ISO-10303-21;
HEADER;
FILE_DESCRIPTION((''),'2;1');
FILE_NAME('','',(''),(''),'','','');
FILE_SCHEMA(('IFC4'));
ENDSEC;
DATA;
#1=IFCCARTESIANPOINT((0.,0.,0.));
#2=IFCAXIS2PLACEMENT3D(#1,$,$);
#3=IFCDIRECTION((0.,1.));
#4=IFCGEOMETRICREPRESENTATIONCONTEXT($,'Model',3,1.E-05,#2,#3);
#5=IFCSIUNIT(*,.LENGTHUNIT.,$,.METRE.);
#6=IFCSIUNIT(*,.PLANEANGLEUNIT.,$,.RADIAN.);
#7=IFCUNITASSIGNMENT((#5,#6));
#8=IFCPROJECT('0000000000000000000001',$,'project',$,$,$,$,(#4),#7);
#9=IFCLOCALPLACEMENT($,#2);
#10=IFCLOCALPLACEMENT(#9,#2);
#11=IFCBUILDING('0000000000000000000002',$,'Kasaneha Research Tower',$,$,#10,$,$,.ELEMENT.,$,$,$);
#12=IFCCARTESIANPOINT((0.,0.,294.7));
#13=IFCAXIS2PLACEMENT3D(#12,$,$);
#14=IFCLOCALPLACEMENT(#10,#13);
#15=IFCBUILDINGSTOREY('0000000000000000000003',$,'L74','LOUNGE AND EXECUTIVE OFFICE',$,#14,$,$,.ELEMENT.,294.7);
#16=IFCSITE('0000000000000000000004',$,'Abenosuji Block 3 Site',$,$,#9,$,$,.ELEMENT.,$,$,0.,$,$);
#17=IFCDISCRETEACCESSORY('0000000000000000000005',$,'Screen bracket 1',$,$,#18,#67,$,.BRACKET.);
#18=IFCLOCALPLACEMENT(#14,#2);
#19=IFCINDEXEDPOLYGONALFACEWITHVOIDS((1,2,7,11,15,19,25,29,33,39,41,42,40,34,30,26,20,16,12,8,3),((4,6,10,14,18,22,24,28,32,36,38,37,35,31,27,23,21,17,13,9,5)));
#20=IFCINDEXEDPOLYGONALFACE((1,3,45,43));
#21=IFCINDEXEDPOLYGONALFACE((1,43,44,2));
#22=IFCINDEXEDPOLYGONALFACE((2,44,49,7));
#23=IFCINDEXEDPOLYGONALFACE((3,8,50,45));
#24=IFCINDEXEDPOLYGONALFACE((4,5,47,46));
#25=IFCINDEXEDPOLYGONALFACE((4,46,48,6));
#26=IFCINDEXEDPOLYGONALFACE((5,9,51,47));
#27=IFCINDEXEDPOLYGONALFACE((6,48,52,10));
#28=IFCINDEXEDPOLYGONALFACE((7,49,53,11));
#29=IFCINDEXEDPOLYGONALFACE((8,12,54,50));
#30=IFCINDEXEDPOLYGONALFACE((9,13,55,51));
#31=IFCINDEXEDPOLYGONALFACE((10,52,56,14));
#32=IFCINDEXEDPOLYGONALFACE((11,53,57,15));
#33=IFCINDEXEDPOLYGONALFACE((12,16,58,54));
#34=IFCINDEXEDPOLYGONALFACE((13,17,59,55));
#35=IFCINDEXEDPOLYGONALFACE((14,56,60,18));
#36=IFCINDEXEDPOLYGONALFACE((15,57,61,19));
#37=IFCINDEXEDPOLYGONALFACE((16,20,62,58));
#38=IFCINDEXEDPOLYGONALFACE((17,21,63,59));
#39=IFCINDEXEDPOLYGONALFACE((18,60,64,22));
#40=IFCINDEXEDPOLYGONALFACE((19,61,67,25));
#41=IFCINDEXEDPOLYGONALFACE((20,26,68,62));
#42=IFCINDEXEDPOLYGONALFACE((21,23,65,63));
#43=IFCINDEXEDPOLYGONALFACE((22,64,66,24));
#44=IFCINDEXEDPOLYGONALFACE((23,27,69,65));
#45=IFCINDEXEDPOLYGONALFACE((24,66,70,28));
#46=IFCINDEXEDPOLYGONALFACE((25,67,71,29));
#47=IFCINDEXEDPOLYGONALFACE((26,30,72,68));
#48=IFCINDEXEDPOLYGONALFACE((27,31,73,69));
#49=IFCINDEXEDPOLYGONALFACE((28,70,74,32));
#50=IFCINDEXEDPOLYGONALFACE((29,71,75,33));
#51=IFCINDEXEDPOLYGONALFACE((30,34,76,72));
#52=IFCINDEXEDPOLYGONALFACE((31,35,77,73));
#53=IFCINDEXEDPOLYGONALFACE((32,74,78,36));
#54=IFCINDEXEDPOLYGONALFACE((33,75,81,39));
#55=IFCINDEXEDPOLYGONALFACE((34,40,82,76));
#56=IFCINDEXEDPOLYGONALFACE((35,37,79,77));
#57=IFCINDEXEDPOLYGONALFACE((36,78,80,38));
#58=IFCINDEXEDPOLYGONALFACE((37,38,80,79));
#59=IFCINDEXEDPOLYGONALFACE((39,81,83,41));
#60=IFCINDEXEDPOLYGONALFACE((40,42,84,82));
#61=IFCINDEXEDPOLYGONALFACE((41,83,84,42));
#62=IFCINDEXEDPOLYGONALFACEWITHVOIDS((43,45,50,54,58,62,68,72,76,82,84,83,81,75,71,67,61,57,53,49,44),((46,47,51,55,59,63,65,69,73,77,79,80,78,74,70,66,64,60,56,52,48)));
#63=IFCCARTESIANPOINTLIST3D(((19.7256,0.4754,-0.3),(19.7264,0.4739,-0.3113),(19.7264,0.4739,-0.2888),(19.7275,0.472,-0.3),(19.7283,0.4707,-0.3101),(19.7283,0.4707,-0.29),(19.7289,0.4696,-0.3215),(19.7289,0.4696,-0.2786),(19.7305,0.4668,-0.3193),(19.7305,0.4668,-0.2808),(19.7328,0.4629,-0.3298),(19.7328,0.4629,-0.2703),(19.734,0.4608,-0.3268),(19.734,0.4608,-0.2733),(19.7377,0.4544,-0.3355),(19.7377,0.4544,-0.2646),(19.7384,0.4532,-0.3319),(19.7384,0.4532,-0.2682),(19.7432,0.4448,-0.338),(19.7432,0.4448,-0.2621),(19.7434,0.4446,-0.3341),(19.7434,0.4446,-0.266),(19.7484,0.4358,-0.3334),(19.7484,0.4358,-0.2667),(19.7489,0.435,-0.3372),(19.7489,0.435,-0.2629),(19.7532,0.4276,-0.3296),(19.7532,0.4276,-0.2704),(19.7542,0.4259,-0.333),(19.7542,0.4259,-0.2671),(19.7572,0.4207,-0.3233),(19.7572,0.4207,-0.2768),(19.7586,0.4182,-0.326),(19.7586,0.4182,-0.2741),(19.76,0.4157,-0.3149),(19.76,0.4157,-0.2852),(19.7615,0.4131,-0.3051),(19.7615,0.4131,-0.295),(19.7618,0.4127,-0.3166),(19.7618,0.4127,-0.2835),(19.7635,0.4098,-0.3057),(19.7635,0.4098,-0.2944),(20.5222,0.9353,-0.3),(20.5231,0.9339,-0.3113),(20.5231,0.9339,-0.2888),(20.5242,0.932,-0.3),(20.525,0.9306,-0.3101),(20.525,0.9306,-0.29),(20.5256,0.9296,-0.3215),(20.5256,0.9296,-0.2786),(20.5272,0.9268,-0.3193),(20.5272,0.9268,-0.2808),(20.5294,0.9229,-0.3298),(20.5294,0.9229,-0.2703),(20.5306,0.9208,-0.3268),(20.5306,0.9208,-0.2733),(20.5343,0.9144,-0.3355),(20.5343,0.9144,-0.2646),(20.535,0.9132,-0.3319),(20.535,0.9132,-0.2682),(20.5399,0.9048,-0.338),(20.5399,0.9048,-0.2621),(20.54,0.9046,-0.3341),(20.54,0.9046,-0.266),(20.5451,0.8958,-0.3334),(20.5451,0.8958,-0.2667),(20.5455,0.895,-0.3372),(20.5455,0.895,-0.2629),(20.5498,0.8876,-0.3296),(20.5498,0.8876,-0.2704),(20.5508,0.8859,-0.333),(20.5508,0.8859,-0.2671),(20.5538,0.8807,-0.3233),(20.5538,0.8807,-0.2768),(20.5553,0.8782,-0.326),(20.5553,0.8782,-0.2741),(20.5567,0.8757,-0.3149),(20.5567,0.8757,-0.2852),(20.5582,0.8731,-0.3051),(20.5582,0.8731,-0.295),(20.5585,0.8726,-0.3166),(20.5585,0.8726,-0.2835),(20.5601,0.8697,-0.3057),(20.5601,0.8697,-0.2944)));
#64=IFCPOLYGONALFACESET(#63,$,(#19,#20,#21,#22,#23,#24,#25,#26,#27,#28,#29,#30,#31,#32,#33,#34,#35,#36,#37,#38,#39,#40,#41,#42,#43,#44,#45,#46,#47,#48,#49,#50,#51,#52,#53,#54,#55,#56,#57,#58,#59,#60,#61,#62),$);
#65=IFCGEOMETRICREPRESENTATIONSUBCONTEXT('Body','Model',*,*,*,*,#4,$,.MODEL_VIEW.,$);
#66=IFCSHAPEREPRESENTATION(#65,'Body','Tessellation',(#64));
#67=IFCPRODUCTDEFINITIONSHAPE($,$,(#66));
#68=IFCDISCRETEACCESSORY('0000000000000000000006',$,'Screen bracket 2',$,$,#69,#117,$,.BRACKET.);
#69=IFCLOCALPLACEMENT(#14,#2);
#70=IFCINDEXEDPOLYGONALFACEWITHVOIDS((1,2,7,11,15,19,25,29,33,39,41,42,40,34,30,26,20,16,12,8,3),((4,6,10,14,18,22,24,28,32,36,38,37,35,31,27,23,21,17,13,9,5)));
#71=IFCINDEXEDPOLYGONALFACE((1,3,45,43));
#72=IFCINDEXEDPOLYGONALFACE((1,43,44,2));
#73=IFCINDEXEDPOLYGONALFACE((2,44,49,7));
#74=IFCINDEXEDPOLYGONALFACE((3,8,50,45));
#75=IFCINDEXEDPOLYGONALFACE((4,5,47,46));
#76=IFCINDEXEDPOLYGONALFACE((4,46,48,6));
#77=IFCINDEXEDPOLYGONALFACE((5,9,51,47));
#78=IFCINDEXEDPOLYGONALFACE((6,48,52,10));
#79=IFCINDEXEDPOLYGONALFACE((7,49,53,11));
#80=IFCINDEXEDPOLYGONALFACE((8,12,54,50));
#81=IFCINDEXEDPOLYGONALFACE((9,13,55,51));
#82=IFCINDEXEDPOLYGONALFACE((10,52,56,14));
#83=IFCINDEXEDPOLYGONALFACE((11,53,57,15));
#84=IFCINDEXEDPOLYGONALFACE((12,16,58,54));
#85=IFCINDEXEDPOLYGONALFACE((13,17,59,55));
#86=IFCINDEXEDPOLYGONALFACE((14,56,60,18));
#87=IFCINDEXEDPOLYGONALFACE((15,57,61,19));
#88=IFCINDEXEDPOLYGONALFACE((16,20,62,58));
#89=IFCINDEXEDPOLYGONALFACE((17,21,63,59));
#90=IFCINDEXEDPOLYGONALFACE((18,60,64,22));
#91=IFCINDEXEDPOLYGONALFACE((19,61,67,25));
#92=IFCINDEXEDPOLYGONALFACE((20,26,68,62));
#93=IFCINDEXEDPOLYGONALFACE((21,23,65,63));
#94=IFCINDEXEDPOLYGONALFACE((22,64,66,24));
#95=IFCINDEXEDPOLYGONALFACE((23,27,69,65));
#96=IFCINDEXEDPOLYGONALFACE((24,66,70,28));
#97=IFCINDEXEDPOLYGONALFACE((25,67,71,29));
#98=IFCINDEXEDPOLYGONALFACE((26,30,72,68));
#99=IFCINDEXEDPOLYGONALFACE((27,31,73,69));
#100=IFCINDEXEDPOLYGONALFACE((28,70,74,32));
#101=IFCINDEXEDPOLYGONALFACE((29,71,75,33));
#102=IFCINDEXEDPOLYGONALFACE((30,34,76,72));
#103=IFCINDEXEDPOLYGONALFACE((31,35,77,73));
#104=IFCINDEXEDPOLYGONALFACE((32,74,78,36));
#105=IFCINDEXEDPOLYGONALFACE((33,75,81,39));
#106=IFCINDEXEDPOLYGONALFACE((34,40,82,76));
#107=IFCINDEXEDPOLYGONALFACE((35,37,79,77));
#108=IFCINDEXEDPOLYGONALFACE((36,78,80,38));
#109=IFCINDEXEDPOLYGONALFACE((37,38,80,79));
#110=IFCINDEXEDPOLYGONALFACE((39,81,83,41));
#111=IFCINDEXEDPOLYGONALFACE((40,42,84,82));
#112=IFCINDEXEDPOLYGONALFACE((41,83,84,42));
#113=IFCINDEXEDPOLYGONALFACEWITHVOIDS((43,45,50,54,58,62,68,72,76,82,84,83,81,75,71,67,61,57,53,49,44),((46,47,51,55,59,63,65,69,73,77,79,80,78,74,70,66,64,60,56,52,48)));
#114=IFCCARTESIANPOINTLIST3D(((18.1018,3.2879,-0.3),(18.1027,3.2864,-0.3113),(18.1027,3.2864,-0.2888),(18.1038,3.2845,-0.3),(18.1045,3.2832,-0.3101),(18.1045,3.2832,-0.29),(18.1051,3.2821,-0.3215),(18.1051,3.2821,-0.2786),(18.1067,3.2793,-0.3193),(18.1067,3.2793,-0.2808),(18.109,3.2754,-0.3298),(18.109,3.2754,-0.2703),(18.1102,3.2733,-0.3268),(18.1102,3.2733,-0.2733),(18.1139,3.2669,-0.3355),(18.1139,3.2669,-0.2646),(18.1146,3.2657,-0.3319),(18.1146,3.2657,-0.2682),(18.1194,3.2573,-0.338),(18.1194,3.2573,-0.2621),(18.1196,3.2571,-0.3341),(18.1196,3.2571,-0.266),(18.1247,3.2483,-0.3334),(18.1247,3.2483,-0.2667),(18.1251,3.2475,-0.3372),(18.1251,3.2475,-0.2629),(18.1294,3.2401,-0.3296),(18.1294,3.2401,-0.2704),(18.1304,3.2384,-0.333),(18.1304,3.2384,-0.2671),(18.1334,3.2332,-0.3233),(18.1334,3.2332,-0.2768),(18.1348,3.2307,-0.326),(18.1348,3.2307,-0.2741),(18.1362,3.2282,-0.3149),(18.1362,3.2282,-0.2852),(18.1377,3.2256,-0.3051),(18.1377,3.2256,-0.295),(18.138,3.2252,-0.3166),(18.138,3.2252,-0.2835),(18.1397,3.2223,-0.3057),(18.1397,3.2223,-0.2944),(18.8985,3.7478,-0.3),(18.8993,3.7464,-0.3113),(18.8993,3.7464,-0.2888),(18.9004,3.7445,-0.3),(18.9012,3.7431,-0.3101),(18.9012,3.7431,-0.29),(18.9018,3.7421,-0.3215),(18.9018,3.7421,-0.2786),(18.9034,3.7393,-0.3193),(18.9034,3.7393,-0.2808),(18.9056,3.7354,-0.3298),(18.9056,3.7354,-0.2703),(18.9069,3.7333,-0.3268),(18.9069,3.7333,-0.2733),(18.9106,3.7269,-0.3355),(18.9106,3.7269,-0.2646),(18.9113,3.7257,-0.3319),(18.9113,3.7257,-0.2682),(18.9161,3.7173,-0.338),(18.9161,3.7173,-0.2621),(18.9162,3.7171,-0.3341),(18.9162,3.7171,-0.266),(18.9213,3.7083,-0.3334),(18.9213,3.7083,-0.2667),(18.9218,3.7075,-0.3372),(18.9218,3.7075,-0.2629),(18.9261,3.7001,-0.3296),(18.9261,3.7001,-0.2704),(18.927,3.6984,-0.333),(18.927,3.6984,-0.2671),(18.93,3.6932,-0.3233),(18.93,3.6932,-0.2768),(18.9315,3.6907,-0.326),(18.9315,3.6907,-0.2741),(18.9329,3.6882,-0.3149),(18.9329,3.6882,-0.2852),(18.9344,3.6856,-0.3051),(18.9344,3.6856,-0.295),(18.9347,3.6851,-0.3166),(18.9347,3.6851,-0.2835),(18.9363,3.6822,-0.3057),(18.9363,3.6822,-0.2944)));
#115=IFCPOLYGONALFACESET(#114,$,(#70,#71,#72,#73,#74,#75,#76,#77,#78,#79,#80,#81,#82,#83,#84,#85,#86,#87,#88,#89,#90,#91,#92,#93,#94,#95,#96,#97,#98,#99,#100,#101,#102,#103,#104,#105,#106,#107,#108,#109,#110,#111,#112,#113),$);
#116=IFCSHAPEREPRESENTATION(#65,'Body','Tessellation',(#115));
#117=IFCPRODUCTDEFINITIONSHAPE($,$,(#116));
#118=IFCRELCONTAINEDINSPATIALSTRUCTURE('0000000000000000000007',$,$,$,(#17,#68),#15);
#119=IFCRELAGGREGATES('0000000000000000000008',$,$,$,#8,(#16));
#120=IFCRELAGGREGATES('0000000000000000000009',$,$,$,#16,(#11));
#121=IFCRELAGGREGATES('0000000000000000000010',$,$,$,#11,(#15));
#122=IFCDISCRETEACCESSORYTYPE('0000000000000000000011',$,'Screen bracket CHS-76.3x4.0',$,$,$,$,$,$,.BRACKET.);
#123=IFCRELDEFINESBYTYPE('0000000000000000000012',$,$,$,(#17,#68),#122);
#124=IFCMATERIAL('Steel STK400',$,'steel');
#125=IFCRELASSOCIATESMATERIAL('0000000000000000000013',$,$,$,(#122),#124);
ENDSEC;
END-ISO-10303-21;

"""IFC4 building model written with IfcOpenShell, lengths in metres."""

from ifc_helpers import new_model, si_unit, direction, frame, origin, origin_2d, place, context, subcontext, project, spatial, hollow_circle, extrude, material, material_profile, profile_set, type_object, element, save


model = new_model("IFC4")

# Units and contexts
model_context = context("Model", 3, precision=1e-05, world=origin(), true_north=direction((0.0, 1.0)))
body_context = subcontext(model_context, "Body", "Model", "MODEL_VIEW")
ifc_project = project(units=[si_unit("LENGTHUNIT", "METRE"), si_unit("PLANEANGLEUNIT", "RADIAN")], contexts=[model_context])

# Site, building, storey
site_placement = place(None, origin())
site = spatial("IfcSite", under=ifc_project, at=site_placement, Name="Abenosuji Block 3 Site", CompositionType="ELEMENT", RefElevation=0.0)
building_placement = place(site_placement, origin())
building = spatial("IfcBuilding", under=site, at=building_placement, Name="Kasaneha Research Tower", CompositionType="ELEMENT")
storey_placement = place(building_placement, frame((0.0, 0.0, 294.7)))
storey = spatial("IfcBuildingStorey", under=building, at=storey_placement, Name="L74", Description="LOUNGE AND EXECUTIVE OFFICE", CompositionType="ELEMENT", Elevation=294.7)

# Discrete accessories
ifc_material_1 = material(Name="Steel STK400", Category="steel")
ifc_material_profile_1 = material_profile(ifc_material_1, hollow_circle(Radius=0.0381, WallThickness=0.0039, at=origin_2d()), Name="CHS-76.3x4.0")
ifc_profile_set_1 = profile_set([ifc_material_profile_1], Name="Steel STK400")
discrete_accessory_type = type_object("IfcDiscreteAccessoryType", Name="Screen bracket CHS-76.3x4.0", PredefinedType="BRACKET", material=ifc_profile_set_1)
for number, where, z_axis, x_axis, name in (
    (1, (19.7446, 0.4424, -0.3), (0.866013, 0.500021, 0.0), (-0.500021, 0.866013, 0.0), "Screen bracket 1"),
    (2, (18.1208, 3.2549, -0.3), (0.866013, 0.500021, 0.0), (-0.500021, 0.866013, 0.0), "Screen bracket 2"),
):
    element("IfcDiscreteAccessory", number, at=place(storey_placement, frame(where, z_axis=z_axis, x_axis=x_axis)), inside=storey, type_object=discrete_accessory_type, Name=name, PredefinedType="BRACKET", context=body_context, shape_type="SweptSolid", body=[
        extrude(hollow_circle(Radius=0.0381, WallThickness=0.0039, at=origin_2d()), origin(), (0.0, 0.0, 1.0), 0.9199),
    ])

save(model, "model.ifc")
